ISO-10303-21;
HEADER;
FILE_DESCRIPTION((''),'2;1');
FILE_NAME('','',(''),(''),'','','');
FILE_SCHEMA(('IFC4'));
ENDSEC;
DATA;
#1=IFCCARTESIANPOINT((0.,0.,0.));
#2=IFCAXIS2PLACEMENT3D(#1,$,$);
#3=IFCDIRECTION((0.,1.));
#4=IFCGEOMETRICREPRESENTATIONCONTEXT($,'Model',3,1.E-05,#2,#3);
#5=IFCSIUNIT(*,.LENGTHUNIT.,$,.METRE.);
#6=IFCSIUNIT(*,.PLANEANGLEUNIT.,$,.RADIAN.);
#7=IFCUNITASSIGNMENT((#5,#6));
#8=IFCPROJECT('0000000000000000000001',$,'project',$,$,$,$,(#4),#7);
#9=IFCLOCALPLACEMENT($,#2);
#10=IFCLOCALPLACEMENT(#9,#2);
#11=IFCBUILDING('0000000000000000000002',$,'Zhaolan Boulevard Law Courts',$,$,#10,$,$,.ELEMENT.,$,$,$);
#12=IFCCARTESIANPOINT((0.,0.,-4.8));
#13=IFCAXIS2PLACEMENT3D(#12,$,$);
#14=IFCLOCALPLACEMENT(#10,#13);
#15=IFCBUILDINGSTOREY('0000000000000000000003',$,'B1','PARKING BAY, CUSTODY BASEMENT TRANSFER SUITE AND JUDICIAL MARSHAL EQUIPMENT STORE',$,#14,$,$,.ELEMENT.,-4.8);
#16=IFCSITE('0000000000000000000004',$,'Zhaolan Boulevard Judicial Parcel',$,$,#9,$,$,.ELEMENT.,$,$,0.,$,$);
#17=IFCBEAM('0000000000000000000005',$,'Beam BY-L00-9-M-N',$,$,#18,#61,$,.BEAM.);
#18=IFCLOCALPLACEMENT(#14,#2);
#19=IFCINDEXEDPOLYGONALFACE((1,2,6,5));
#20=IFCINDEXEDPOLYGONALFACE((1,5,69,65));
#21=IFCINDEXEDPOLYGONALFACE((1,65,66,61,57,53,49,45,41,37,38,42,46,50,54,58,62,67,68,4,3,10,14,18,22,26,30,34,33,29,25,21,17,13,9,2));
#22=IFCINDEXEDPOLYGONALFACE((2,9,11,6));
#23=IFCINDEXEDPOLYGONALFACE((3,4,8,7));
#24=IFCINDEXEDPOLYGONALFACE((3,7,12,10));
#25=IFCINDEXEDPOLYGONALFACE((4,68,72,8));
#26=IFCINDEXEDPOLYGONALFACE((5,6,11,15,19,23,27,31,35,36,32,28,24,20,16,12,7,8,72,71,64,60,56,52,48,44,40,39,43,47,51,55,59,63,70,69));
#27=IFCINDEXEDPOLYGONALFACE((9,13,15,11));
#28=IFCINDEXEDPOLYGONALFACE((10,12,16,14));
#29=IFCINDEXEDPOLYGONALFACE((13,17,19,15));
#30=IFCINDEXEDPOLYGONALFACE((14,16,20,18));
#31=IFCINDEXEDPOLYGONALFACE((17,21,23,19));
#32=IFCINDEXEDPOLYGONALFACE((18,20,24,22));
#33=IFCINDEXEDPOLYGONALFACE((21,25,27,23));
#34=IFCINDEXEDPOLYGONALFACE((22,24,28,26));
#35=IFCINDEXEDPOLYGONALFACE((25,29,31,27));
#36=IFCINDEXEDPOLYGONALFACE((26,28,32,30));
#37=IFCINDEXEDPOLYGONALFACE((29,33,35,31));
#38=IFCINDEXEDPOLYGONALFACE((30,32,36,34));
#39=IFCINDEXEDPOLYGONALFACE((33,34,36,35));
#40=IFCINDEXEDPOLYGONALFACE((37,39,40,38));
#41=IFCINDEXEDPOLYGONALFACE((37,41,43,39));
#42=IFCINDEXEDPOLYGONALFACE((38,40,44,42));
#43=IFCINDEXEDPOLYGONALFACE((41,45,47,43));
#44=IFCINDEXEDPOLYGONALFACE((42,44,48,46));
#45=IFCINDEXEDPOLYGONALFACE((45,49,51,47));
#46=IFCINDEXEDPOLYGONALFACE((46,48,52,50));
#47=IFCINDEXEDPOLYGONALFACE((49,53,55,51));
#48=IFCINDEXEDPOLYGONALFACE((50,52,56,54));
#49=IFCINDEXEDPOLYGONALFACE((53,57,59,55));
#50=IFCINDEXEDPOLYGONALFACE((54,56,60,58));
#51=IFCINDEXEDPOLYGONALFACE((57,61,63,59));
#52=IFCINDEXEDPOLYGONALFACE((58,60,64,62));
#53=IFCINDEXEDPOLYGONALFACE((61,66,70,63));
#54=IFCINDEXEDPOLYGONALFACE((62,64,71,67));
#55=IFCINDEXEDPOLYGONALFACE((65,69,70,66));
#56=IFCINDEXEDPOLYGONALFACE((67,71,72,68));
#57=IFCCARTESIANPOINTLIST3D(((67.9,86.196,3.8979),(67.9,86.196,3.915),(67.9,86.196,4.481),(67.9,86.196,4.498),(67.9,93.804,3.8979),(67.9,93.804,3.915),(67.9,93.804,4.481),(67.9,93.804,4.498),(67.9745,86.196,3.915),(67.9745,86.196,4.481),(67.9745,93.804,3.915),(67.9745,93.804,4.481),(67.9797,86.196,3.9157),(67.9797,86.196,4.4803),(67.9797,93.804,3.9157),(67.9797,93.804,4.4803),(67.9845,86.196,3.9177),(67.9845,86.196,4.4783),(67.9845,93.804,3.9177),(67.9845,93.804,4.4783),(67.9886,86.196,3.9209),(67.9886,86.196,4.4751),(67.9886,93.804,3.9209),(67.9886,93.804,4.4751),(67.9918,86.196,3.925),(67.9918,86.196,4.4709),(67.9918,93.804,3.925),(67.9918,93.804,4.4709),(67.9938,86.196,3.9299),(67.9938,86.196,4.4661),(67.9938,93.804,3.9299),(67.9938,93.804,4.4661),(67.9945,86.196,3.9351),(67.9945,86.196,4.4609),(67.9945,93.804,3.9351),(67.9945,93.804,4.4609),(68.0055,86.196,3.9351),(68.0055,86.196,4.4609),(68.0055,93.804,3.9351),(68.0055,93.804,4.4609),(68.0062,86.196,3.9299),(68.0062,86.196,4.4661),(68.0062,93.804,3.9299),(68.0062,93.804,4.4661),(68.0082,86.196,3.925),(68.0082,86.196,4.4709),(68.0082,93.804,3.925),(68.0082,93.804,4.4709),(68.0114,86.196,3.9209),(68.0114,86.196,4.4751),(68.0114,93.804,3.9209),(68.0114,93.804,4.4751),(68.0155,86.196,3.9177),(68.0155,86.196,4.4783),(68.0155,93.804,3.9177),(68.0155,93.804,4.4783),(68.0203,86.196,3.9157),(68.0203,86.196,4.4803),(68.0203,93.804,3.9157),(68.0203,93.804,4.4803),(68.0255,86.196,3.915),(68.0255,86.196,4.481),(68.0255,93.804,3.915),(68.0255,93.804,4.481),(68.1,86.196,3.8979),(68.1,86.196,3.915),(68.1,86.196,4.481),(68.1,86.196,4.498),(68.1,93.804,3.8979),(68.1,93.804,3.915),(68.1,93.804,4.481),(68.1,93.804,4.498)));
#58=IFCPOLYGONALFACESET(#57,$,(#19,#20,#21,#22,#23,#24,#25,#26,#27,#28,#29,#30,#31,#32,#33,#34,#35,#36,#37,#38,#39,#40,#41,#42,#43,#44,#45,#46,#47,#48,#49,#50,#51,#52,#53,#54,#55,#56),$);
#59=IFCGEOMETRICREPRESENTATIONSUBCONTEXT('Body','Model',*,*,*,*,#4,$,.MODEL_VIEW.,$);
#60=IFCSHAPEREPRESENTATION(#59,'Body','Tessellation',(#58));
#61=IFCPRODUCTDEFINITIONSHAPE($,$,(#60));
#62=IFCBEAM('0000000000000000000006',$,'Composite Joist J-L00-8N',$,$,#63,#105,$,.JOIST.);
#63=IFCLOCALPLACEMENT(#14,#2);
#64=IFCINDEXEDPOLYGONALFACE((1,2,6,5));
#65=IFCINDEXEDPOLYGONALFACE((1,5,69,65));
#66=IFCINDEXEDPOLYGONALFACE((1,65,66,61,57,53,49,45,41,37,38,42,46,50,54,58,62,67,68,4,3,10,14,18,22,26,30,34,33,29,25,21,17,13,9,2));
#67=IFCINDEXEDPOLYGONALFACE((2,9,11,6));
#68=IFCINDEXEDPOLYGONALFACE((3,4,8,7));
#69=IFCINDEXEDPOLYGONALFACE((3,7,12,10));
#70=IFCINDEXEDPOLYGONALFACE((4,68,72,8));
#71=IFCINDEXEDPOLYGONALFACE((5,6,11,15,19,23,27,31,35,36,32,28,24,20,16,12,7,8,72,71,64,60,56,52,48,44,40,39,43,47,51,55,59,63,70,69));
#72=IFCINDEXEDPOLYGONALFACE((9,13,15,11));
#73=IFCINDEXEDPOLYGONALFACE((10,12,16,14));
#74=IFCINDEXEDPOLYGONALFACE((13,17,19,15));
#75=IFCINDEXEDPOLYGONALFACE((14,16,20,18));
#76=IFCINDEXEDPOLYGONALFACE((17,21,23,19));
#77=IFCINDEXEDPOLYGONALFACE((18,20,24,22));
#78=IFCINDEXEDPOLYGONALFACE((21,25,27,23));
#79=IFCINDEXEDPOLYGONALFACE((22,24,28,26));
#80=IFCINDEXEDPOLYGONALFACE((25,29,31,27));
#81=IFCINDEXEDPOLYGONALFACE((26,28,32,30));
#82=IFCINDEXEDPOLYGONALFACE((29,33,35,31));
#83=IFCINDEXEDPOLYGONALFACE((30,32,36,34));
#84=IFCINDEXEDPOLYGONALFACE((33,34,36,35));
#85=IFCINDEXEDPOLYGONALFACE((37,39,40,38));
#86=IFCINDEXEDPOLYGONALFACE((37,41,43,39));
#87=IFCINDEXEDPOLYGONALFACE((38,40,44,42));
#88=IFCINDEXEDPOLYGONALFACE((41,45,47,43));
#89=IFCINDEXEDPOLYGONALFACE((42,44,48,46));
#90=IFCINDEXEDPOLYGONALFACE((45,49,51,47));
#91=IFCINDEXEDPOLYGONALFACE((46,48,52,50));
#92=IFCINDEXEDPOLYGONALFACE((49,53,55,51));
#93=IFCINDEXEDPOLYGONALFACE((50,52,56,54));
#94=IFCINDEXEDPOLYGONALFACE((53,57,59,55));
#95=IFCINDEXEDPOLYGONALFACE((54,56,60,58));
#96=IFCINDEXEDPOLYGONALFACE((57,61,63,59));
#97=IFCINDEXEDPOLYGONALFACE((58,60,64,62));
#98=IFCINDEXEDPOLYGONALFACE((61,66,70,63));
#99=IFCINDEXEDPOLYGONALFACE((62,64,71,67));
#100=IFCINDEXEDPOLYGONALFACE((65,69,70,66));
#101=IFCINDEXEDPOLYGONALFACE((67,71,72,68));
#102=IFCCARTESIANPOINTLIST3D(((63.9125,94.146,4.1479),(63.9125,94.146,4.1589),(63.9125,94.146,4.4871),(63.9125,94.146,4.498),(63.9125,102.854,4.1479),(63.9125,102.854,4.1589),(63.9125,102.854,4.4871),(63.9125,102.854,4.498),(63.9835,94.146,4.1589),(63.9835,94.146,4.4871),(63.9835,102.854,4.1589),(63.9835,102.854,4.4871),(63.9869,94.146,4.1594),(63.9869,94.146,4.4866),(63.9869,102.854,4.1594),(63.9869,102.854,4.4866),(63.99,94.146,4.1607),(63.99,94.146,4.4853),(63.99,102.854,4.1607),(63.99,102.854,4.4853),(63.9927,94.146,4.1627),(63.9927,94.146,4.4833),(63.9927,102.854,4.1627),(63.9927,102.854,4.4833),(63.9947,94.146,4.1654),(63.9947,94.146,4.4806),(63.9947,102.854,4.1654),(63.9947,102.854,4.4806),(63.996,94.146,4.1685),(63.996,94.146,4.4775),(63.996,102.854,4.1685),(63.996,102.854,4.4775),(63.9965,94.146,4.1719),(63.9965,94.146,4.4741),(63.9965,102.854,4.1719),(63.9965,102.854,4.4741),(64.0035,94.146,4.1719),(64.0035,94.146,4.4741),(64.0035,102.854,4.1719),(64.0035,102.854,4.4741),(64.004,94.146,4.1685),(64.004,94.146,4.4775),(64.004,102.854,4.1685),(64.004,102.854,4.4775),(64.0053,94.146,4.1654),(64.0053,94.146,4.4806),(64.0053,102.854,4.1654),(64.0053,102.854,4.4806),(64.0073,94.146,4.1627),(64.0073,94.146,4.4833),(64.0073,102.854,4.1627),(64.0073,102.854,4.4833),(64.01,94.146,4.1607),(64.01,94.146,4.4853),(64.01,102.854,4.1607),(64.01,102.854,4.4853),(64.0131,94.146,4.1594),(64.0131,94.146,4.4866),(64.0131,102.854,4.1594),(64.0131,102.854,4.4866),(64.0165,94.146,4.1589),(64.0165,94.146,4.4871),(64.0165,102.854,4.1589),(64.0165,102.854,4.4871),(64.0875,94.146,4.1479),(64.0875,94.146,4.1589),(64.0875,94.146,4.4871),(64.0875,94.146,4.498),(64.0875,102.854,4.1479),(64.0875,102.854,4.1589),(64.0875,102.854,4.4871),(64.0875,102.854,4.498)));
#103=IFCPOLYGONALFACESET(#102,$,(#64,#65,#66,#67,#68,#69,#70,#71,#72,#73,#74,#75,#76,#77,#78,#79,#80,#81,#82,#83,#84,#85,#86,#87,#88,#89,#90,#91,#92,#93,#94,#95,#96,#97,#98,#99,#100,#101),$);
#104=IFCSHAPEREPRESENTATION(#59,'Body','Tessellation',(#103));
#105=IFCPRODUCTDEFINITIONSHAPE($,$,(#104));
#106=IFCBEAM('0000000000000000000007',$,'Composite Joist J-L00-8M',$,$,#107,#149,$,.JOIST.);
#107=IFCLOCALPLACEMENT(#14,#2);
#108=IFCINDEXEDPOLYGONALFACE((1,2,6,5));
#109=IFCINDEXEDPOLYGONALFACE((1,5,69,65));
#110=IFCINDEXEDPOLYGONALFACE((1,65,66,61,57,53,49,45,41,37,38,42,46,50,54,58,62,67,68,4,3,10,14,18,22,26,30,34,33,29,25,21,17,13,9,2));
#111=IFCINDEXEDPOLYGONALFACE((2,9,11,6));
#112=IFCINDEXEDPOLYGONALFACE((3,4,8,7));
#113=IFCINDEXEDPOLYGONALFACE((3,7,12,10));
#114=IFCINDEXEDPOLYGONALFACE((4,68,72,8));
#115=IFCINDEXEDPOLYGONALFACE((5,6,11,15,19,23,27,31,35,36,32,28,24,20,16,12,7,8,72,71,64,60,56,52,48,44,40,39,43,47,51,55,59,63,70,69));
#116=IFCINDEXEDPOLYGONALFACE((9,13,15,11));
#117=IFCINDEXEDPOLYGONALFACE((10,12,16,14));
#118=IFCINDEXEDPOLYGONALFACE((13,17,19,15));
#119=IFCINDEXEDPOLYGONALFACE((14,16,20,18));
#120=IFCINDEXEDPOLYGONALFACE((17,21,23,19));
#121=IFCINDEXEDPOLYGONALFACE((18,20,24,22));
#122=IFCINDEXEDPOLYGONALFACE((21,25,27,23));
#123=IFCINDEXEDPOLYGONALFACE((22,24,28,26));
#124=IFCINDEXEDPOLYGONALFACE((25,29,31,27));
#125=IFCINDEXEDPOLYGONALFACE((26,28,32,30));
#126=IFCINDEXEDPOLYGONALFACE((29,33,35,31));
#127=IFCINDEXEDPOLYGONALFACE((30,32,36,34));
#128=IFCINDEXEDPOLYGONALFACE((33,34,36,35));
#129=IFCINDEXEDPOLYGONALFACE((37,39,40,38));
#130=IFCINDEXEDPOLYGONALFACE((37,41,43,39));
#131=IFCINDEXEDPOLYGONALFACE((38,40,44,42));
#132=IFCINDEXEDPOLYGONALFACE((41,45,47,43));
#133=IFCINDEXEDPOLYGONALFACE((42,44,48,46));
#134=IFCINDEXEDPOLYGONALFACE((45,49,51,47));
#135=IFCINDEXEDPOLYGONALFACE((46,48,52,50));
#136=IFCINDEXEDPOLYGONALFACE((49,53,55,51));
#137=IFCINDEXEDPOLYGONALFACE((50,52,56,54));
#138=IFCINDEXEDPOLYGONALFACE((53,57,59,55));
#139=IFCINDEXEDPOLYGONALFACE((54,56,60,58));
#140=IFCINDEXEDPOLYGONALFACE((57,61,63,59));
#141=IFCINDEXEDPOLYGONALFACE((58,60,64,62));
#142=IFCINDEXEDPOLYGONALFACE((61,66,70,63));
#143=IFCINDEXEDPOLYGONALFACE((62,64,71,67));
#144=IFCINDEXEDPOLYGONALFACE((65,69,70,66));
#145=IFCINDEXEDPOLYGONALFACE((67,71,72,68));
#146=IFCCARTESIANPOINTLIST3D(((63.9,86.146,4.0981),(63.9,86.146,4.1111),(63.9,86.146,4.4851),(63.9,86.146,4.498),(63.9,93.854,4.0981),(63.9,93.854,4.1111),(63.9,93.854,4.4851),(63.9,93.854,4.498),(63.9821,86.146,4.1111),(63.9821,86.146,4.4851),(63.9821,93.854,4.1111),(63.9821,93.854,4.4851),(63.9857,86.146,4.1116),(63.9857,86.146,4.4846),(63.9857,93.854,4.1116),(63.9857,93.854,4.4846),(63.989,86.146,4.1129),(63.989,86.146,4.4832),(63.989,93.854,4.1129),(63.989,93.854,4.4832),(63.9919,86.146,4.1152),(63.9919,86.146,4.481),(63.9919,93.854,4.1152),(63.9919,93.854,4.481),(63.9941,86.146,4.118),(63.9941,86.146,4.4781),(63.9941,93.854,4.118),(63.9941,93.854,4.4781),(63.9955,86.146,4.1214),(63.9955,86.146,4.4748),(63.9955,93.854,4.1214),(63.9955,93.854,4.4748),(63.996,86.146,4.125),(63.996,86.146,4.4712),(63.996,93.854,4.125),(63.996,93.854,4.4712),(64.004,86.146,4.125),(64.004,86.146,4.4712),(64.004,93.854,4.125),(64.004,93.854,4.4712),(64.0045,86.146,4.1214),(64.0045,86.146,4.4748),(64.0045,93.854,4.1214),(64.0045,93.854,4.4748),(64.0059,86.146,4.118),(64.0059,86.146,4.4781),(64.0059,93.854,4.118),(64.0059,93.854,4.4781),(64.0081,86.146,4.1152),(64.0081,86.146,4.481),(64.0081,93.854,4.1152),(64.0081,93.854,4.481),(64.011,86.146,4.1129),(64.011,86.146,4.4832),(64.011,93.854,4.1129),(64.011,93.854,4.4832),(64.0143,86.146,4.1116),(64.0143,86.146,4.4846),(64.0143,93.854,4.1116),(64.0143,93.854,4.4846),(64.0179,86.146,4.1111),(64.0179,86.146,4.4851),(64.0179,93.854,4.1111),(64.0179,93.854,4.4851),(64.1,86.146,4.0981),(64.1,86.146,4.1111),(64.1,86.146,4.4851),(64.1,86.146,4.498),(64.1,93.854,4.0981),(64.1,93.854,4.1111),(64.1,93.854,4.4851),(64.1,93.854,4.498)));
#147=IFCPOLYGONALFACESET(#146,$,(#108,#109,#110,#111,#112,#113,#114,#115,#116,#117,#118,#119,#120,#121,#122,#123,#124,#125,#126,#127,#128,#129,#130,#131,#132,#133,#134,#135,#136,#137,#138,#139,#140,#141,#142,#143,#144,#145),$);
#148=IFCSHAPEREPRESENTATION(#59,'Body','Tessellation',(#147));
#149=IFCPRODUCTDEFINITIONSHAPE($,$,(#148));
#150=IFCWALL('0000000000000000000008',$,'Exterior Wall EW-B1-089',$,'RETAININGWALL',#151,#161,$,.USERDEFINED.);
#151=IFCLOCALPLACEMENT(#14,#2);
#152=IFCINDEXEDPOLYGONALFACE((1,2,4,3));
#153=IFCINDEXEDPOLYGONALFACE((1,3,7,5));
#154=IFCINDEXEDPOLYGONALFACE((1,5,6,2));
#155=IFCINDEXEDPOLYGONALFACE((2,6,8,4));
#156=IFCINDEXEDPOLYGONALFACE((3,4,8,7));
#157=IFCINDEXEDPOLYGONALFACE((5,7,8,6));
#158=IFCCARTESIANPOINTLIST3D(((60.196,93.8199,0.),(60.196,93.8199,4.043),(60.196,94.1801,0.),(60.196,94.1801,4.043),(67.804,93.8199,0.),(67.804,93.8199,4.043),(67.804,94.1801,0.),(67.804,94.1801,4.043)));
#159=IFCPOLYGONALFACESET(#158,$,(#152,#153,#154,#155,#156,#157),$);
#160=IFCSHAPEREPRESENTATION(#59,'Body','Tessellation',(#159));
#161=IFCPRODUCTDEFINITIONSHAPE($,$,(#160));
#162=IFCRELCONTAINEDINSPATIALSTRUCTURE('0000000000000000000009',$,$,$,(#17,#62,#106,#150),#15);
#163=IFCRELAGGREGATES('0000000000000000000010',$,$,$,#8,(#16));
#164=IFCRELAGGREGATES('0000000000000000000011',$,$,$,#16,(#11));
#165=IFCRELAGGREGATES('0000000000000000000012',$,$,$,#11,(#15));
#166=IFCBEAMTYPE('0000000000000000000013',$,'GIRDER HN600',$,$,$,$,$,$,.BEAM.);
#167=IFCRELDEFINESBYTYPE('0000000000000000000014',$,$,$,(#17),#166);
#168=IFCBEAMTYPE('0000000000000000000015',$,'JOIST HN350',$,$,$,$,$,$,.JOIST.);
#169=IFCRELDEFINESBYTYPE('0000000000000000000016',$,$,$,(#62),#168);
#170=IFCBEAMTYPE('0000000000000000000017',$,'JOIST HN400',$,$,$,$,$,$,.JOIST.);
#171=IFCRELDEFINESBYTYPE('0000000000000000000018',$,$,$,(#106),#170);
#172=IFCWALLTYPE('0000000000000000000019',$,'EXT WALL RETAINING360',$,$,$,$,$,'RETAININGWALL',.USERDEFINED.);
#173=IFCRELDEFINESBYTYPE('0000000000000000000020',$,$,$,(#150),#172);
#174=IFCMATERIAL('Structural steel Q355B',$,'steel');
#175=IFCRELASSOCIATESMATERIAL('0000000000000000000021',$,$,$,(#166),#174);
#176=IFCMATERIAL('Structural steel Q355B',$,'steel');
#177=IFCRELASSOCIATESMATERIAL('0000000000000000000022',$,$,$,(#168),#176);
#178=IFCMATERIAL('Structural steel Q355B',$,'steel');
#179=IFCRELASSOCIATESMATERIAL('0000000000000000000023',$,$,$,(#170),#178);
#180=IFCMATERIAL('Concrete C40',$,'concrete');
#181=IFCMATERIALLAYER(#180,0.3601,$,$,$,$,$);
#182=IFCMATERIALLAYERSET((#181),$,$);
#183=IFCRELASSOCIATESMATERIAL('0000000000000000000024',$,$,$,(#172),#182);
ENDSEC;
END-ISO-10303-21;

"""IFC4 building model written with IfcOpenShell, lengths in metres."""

from ifc_helpers import new_model, si_unit, direction, frame, frame_2d, origin, origin_2d, place, context, subcontext, project, spatial, rectangle, i_section, extrude, material, layer, layer_set, material_profile, profile_set, type_object, element, save


model = new_model("IFC4")

# Units and contexts
model_context = context("Model", 3, precision=1e-05, world=origin(), true_north=direction((0.0, 1.0)))
body_context = subcontext(model_context, "Body", "Model", "MODEL_VIEW")
ifc_project = project(units=[si_unit("LENGTHUNIT", "METRE"), si_unit("PLANEANGLEUNIT", "RADIAN")], contexts=[model_context])

# Site, building, storey
site_placement = place(None, origin())
site = spatial("IfcSite", under=ifc_project, at=site_placement, Name="Zhaolan Boulevard Judicial Parcel", CompositionType="ELEMENT", RefElevation=0.0)
building_placement = place(site_placement, origin())
building = spatial("IfcBuilding", under=site, at=building_placement, Name="Zhaolan Boulevard Law Courts", CompositionType="ELEMENT")
storey_placement = place(building_placement, frame((0.0, 0.0, -4.8)))
storey = spatial("IfcBuildingStorey", under=building, at=storey_placement, Name="B1", Description="PARKING BAY, CUSTODY BASEMENT TRANSFER SUITE AND JUDICIAL MARSHAL EQUIPMENT STORE", CompositionType="ELEMENT", Elevation=-4.8)

# Beams
ifc_material_1 = material(Name="Structural steel Q355B", Category="steel")
ifc_material_profile_1 = material_profile(ifc_material_1, i_section(OverallWidth=0.2, OverallDepth=0.6001, WebThickness=0.011, FlangeThickness=0.0171, FilletRadius=0.02, at=origin_2d()), Name="HN600x200")
ifc_profile_set_1 = profile_set([ifc_material_profile_1], Name="Structural steel Q355B")
beam_type_1 = type_object("IfcBeamType", Name="GIRDER HN600", PredefinedType="BEAM", material=ifc_profile_set_1)
beam_1_placement = place(storey_placement, frame((68.0, 86.196, 4.198), z_axis=(0.0, 1.0, 0.0), x_axis=(-1.0, 0.0, 0.0)))
element("IfcBeam", 1, at=beam_1_placement, inside=storey, type_object=beam_type_1, Name="Beam BY-L00-9-M-N", PredefinedType="BEAM", context=body_context, shape_type="SweptSolid", body=[
    extrude(i_section(OverallWidth=0.2, OverallDepth=0.6001, WebThickness=0.011, FlangeThickness=0.0171, FilletRadius=0.02, at=origin_2d()), origin(), (0.0, 0.0, 1.0), 7.6079),
])
ifc_material_2 = material(Name="Structural steel Q355B", Category="steel")
ifc_material_profile_2 = material_profile(ifc_material_2, i_section(OverallWidth=0.175, OverallDepth=0.3501, WebThickness=0.0071, FlangeThickness=0.011, FilletRadius=0.0129, at=origin_2d()), Name="HN350x175")
ifc_profile_set_2 = profile_set([ifc_material_profile_2], Name="Structural steel Q355B")
beam_type_2 = type_object("IfcBeamType", Name="JOIST HN350", PredefinedType="JOIST", material=ifc_profile_set_2)
beam_2_placement = place(storey_placement, frame((64.0, 94.146, 4.323), z_axis=(0.0, 1.0, 0.0), x_axis=(-1.0, 0.0, 0.0)))
element("IfcBeam", 2, at=beam_2_placement, inside=storey, type_object=beam_type_2, Name="Composite Joist J-L00-8N", PredefinedType="JOIST", context=body_context, shape_type="SweptSolid", body=[
    extrude(i_section(OverallWidth=0.175, OverallDepth=0.3501, WebThickness=0.0071, FlangeThickness=0.011, FilletRadius=0.0129, at=origin_2d()), origin(), (0.0, 0.0, 1.0), 8.708),
])
ifc_material_3 = material(Name="Structural steel Q355B", Category="steel")
ifc_material_profile_3 = material_profile(ifc_material_3, i_section(OverallWidth=0.2, OverallDepth=0.3999, WebThickness=0.0081, FlangeThickness=0.0129, FilletRadius=0.0139, at=origin_2d()), Name="HN400x200")
ifc_profile_set_3 = profile_set([ifc_material_profile_3], Name="Structural steel Q355B")
beam_type_3 = type_object("IfcBeamType", Name="JOIST HN400", PredefinedType="JOIST", material=ifc_profile_set_3)
beam_3_placement = place(storey_placement, frame((64.0, 86.146, 4.2981), z_axis=(0.0, 1.0, 0.0), x_axis=(-1.0, 0.0, 0.0)))
element("IfcBeam", 3, at=beam_3_placement, inside=storey, type_object=beam_type_3, Name="Composite Joist J-L00-8M", PredefinedType="JOIST", context=body_context, shape_type="SweptSolid", body=[
    extrude(i_section(OverallWidth=0.2, OverallDepth=0.3999, WebThickness=0.0081, FlangeThickness=0.0129, FilletRadius=0.0139, at=origin_2d()), origin(), (0.0, 0.0, 1.0), 7.708),
])

# Wall
ifc_material_4 = material(Name="Concrete C40", Category="concrete")
ifc_layer = layer(ifc_material_4, 0.3601)
ifc_layer_set = layer_set([ifc_layer])
wall_type = type_object("IfcWallType", Name="EXT WALL RETAINING360", ElementType="RETAININGWALL", PredefinedType="USERDEFINED", material=ifc_layer_set)
wall_placement = place(storey_placement, frame((67.804, 94.0, 0.0), z_axis=(0.0, 0.0, 1.0), x_axis=(-1.0, 0.0, 0.0)))
element("IfcWall", 4, at=wall_placement, inside=storey, type_object=wall_type, Name="Exterior Wall EW-B1-089", ObjectType="RETAININGWALL", PredefinedType="USERDEFINED", context=body_context, shape_type="SweptSolid", body=[
    extrude(rectangle(XDim=7.6079, YDim=0.3601, at=frame_2d((3.804, 0.0))), origin(), (0.0, 0.0, 1.0), 4.043),
])

save(model, "model.ifc")
